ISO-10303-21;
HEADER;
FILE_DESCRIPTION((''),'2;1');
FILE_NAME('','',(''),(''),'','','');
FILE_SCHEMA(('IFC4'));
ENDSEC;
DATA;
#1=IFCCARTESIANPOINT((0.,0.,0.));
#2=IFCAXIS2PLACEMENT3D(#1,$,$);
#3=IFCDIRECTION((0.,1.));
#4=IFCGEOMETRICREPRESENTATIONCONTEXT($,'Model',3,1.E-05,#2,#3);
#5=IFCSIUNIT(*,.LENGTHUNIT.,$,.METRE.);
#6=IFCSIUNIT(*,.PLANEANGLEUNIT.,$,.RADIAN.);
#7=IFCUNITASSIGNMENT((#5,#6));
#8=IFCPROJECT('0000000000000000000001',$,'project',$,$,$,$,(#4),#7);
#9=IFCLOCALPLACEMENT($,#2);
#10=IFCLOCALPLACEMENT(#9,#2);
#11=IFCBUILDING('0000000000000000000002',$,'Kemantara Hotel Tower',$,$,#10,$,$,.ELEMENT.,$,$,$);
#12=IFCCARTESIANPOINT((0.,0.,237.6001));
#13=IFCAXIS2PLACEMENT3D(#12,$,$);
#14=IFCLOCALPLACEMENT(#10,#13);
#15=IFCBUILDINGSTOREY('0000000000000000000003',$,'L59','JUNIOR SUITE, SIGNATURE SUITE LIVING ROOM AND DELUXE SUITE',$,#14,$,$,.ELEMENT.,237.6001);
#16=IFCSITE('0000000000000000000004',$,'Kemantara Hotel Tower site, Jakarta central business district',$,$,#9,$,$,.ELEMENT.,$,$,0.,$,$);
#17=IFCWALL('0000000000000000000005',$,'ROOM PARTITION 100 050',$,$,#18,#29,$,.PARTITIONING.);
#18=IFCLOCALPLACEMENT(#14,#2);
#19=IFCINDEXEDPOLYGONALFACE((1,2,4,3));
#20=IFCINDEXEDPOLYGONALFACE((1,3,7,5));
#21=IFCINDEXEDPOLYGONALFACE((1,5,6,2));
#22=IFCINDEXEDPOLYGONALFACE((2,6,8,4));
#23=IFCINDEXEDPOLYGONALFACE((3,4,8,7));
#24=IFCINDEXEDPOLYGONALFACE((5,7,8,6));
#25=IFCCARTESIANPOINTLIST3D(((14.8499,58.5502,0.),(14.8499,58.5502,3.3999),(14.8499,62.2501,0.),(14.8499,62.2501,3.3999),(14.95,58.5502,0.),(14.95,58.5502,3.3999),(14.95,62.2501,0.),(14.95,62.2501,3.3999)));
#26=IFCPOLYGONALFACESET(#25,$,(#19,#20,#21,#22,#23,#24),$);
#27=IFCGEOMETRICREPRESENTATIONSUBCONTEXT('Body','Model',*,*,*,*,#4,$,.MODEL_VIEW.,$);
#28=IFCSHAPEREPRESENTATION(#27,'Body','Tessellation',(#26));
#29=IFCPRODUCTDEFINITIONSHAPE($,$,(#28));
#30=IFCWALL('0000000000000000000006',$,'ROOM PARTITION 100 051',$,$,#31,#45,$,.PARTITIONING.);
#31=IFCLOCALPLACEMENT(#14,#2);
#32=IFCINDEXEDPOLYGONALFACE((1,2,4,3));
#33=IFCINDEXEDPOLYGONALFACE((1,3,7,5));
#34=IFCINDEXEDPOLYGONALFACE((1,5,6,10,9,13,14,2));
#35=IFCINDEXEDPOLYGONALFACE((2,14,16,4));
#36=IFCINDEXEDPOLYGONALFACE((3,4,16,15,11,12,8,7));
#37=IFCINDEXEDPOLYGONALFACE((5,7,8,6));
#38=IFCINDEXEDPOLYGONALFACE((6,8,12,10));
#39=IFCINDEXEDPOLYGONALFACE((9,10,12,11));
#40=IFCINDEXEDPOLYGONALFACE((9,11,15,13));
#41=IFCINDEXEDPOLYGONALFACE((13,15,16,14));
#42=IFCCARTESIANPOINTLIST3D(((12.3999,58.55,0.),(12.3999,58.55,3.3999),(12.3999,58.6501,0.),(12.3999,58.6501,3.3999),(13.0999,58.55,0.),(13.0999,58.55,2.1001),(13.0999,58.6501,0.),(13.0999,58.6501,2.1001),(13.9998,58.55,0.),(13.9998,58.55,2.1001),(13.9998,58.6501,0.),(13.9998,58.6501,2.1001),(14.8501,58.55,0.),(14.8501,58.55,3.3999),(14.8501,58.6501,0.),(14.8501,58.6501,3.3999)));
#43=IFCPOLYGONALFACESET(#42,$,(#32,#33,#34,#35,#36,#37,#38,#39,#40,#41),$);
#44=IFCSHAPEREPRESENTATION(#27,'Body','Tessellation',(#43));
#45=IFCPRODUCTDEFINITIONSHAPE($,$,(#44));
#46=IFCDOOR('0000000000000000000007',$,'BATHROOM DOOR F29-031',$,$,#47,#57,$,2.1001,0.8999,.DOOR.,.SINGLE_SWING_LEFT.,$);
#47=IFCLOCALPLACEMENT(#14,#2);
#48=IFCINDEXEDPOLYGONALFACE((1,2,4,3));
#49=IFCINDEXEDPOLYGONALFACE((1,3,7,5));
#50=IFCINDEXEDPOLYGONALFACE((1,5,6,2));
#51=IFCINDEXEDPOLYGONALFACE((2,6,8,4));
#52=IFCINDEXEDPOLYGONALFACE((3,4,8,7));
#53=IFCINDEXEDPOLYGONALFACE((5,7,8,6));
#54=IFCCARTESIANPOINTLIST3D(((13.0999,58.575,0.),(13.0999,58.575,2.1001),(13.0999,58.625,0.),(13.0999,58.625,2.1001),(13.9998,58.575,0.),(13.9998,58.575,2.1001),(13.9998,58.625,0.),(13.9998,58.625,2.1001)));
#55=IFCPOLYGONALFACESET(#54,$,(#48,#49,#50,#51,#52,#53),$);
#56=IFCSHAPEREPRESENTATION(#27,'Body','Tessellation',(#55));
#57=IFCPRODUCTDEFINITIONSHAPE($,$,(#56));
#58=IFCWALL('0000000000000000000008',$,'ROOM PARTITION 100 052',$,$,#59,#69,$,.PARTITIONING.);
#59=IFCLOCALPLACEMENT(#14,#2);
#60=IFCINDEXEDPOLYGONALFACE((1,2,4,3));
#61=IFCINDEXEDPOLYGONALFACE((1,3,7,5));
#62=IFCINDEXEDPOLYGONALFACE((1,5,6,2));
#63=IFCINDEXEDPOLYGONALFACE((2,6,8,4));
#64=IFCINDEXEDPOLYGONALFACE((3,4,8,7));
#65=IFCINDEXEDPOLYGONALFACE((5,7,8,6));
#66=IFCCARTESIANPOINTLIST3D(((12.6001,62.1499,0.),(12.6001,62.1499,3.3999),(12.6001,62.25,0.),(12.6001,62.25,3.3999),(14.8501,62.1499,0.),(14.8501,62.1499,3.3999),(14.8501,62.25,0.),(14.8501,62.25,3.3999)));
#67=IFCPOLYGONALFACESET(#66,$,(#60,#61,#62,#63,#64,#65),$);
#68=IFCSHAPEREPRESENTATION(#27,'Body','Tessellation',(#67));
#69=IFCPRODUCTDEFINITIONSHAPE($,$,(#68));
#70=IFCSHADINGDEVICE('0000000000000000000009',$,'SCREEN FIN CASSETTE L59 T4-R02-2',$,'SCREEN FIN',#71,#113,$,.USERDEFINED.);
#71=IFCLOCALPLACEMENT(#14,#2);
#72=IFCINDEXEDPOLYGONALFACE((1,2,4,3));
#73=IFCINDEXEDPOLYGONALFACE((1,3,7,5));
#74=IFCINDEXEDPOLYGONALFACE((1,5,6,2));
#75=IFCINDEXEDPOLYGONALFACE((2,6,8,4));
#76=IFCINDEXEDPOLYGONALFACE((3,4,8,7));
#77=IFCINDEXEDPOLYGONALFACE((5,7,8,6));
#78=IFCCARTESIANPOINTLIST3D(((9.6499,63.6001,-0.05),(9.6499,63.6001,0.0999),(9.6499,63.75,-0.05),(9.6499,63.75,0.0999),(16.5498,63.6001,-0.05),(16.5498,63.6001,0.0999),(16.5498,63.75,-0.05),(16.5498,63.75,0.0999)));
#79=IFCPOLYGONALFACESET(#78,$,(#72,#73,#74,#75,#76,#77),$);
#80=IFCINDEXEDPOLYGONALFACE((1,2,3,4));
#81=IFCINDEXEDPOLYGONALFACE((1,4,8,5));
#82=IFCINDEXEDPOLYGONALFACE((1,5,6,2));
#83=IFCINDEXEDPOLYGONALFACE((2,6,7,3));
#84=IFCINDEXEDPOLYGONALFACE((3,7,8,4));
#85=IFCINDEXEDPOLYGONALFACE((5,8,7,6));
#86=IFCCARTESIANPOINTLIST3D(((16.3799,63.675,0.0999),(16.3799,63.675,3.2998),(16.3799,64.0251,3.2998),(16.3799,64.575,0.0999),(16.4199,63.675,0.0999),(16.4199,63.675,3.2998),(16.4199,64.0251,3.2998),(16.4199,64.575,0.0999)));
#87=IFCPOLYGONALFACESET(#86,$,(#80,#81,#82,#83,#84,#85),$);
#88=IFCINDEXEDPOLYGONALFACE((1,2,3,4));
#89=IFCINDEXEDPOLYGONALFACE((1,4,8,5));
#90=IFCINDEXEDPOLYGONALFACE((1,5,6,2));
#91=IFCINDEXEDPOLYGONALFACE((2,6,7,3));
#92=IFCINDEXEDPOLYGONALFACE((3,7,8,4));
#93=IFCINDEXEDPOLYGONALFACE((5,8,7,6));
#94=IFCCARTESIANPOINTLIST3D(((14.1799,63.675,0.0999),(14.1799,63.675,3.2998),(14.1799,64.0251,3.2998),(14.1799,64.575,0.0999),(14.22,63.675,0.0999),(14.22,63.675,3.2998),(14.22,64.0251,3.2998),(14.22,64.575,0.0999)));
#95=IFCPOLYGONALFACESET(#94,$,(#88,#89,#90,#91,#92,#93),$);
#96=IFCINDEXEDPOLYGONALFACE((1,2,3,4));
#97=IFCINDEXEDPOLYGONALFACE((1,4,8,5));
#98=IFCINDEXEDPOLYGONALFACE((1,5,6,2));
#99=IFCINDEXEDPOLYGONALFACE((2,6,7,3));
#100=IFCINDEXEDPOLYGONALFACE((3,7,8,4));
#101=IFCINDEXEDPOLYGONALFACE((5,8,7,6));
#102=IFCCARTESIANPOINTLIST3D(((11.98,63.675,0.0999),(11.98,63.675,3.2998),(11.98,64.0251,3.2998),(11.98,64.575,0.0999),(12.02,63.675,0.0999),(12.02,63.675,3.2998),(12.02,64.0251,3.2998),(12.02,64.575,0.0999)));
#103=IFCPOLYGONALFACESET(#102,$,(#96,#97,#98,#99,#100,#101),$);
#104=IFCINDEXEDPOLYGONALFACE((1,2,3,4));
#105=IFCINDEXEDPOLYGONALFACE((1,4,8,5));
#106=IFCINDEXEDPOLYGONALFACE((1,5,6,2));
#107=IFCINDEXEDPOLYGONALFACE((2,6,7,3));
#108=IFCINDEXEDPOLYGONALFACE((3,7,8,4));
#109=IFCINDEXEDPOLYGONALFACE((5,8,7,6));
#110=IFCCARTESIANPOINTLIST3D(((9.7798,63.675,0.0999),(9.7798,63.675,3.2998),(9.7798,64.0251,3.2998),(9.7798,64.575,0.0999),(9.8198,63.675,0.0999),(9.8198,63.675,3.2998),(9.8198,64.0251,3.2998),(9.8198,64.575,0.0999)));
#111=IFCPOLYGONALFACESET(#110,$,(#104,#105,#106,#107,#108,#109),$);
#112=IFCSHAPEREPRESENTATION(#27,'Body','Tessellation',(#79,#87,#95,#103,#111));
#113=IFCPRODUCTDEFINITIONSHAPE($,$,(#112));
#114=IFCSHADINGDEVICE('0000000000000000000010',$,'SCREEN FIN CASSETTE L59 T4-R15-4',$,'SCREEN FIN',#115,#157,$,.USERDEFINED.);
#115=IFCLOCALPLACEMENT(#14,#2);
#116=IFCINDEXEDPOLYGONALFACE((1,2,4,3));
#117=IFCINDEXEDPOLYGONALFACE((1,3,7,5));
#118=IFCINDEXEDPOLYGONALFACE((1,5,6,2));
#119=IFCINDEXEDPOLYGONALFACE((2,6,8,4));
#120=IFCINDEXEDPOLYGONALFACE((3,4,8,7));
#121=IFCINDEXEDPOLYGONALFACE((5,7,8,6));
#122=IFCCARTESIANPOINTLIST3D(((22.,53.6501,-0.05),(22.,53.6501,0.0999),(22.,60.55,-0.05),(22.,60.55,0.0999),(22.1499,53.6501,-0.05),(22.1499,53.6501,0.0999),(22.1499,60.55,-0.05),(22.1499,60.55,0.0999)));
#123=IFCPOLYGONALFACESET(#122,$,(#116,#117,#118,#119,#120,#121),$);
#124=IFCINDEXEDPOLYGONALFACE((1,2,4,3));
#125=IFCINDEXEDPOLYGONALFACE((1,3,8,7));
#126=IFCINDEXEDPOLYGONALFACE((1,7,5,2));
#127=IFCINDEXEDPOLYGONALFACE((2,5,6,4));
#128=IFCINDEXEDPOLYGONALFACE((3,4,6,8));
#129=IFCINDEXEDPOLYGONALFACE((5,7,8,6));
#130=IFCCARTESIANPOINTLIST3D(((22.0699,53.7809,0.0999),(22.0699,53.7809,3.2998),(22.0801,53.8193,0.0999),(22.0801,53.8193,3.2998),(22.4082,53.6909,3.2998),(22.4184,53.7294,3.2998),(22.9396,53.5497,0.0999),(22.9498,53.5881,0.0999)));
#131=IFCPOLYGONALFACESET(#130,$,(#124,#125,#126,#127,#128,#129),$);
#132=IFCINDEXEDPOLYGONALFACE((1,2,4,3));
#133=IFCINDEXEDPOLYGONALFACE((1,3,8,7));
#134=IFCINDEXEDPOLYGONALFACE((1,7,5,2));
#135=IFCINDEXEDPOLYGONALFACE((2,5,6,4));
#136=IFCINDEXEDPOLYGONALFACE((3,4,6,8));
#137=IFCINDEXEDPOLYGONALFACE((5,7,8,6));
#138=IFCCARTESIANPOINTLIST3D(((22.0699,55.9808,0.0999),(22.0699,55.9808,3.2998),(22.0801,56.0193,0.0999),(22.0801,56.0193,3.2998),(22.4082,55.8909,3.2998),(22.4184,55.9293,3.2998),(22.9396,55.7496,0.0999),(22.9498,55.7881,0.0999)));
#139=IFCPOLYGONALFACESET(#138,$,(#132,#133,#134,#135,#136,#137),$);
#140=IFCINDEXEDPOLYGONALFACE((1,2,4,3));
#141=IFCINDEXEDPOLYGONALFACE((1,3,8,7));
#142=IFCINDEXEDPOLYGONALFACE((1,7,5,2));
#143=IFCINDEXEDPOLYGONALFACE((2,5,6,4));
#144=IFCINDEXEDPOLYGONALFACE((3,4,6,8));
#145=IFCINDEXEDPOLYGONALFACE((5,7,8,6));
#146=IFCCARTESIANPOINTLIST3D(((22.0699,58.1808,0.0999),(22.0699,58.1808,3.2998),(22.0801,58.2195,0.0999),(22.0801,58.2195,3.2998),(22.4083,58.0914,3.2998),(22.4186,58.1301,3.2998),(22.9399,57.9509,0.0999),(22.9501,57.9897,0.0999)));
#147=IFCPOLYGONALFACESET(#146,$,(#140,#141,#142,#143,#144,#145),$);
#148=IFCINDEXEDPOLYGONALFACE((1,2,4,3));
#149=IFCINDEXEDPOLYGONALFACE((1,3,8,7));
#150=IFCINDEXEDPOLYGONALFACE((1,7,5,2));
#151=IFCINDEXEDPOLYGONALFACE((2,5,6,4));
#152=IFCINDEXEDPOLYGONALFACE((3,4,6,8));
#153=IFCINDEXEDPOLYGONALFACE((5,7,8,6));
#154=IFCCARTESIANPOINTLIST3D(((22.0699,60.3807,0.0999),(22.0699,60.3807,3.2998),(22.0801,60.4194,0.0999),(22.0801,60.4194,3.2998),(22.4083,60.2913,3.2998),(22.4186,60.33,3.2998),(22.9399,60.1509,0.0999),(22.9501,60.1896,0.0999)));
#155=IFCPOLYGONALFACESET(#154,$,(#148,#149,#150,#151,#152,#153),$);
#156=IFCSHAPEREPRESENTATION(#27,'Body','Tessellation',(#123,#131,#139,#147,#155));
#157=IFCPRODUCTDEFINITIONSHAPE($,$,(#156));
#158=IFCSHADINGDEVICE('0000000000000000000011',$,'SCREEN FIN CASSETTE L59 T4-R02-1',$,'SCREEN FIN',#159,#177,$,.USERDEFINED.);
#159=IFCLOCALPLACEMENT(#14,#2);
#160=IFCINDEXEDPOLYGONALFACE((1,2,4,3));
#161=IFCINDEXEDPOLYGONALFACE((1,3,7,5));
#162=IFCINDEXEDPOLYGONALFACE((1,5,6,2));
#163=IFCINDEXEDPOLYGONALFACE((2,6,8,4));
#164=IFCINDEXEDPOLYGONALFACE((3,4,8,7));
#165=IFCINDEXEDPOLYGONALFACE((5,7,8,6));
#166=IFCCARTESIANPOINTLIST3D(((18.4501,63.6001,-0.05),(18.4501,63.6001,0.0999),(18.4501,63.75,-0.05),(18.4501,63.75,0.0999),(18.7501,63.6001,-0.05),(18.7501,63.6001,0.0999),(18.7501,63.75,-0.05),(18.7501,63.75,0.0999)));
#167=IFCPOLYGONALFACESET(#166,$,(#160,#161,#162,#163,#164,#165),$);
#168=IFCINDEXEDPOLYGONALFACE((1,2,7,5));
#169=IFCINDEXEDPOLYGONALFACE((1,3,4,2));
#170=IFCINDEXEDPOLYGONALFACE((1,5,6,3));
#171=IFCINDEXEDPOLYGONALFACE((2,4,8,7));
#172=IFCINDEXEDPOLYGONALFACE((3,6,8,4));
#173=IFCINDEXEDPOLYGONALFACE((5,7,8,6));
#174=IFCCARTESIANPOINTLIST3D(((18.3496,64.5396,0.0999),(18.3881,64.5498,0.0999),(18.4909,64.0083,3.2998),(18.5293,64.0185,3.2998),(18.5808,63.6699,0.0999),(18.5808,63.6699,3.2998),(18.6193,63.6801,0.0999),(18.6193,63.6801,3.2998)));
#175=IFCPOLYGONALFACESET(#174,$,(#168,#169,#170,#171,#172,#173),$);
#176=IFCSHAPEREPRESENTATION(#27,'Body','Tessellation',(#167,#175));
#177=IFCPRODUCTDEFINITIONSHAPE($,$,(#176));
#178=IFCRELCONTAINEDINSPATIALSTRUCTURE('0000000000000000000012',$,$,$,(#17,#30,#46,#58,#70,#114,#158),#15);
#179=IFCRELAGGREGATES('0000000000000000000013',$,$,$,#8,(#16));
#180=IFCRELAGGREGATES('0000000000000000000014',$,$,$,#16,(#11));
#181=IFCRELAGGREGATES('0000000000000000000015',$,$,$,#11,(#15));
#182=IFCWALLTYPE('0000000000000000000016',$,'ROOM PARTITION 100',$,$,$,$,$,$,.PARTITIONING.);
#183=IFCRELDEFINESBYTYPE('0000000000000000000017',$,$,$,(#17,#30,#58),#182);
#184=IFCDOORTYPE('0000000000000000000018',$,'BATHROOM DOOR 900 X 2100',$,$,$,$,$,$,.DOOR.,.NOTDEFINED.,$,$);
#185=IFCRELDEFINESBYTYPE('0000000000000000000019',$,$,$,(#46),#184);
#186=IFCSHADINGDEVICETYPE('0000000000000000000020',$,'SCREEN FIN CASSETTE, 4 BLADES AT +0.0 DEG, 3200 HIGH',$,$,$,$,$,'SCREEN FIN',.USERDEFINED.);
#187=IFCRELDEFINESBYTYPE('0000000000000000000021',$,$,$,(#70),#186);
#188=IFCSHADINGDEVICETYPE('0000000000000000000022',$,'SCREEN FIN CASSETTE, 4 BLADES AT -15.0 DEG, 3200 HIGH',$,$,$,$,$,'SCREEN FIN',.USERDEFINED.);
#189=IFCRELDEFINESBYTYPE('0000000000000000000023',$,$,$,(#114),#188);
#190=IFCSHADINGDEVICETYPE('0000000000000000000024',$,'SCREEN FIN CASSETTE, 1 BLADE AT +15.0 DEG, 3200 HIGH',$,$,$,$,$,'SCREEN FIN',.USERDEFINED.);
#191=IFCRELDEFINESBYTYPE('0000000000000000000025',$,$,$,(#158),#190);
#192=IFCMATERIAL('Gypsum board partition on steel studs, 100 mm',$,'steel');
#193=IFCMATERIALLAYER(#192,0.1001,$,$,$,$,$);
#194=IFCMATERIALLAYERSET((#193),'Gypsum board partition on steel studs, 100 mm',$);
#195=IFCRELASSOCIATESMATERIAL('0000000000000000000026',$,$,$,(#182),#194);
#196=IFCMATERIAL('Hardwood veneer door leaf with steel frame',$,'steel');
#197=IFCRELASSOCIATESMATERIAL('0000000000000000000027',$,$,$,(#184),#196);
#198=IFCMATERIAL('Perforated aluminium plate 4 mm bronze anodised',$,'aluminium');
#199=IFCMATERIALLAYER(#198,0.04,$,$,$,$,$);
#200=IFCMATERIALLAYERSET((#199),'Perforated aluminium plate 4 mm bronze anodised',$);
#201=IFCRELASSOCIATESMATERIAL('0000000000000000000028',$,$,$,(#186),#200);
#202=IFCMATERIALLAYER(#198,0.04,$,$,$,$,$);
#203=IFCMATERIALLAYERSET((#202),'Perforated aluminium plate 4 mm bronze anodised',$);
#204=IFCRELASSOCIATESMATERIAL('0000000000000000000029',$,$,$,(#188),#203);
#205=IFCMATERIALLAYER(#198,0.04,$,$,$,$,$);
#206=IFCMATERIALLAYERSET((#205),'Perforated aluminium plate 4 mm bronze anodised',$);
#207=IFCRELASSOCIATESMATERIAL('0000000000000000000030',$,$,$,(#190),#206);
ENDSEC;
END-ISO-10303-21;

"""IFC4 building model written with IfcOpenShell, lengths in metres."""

from ifc_helpers import new_model, si_unit, direction, frame, frame_2d, origin, origin_2d, place, context, subcontext, project, spatial, polyline, rectangle, outline, extrude, source, transform, mapped, material, layer, layer_set, type_object, element, fill, save


model = new_model("IFC4")

# Units and contexts
model_context = context("Model", 3, precision=1e-05, world=origin(), true_north=direction((0.0, 1.0)))
body_context = subcontext(model_context, "Body", "Model", "MODEL_VIEW")
ifc_project = project(units=[si_unit("LENGTHUNIT", "METRE"), si_unit("PLANEANGLEUNIT", "RADIAN")], contexts=[model_context])

# Site, building, storey
site_placement = place(None, origin())
site = spatial("IfcSite", under=ifc_project, at=site_placement, Name="Kemantara Hotel Tower site, Jakarta central business district", CompositionType="ELEMENT", RefElevation=0.0)
building_placement = place(site_placement, origin())
building = spatial("IfcBuilding", under=site, at=building_placement, Name="Kemantara Hotel Tower", CompositionType="ELEMENT")
storey_placement = place(building_placement, frame((0.0, 0.0, 237.6001)))
storey = spatial("IfcBuildingStorey", under=building, at=storey_placement, Name="L59", Description="JUNIOR SUITE, SIGNATURE SUITE LIVING ROOM AND DELUXE SUITE", CompositionType="ELEMENT", Elevation=237.6001)

# Shared definitions
ifc_material_1 = material(Name="Gypsum board partition on steel studs, 100 mm", Category="steel")
ifc_layer_1 = layer(ifc_material_1, 0.1001)
ifc_layer_set_1 = layer_set([ifc_layer_1], Name="Gypsum board partition on steel studs, 100 mm")
wall_type_1 = type_object("IfcWallType", Name="ROOM PARTITION 100", PredefinedType="PARTITIONING", material=ifc_layer_set_1)

# Shared definitions
ifc_material_2 = material(Name="Hardwood veneer door leaf with steel frame", Category="steel")
door_type = type_object("IfcDoorType", Name="BATHROOM DOOR 900 X 2100", OperationType="NOTDEFINED", PredefinedType="DOOR", material=ifc_material_2)

# Wall
wall_1_placement = place(storey_placement, frame((14.8999, 58.55, 0.0), z_axis=(0.0, 0.0, 1.0), x_axis=(0.0, 1.0, 0.0)))
element("IfcWall", 1, at=wall_1_placement, inside=storey, type_object=wall_type_1, Name="ROOM PARTITION 100 050", PredefinedType="PARTITIONING", context=body_context, shape_type="SweptSolid", body=[
    extrude(rectangle(XDim=3.7, YDim=0.1001, at=frame_2d((1.8501, 0.0))), origin(), (0.0, 0.0, 1.0), 3.3999),
])

# Wall, opening, door
wall_2_placement = place(storey_placement, frame((12.3999, 58.6001, 0.0), z_axis=(0.0, 0.0, 1.0), x_axis=(1.0, 0.0, 0.0)))
wall_2 = element("IfcWall", 2, at=wall_2_placement, inside=storey, type_object=wall_type_1, Name="ROOM PARTITION 100 051", PredefinedType="PARTITIONING", context=body_context, shape_type="SweptSolid", body=[
    extrude(rectangle(XDim=2.4502, YDim=0.1001, at=frame_2d((1.2251, 0.0))), origin(), (0.0, 0.0, 1.0), 3.3999),
])
opening_1_placement = place(wall_2_placement, frame((0.7, 0.0, 0.0)))
opening_1 = element("IfcOpeningElement", 3, at=opening_1_placement, cuts=wall_2, PredefinedType="OPENING", context=body_context, shape_type="SweptSolid", body=[
    extrude(rectangle(XDim=0.8999, YDim=2.1001, at=frame_2d((0.45, 1.05))), frame((0.0, 0.0601, 0.0), z_axis=(0.0, -1.0, 0.0), x_axis=(1.0, 0.0, 0.0)), (0.0, 0.0, 1.0), 0.1201),
])
door_1_placement = place(opening_1_placement, origin())
door_1 = element("IfcDoor", 4, at=door_1_placement, inside=storey, type_object=door_type, Name="BATHROOM DOOR F29-031", OperationType="SINGLE_SWING_LEFT", OverallHeight=2.1001, OverallWidth=0.8999, PredefinedType="DOOR", context=body_context, shape_type="SweptSolid", body=[
    extrude(rectangle(XDim=0.8999, YDim=2.1001, at=frame_2d((0.45, 1.05))), frame((0.0, 0.0249, 0.0), z_axis=(0.0, -1.0, 0.0), x_axis=(1.0, 0.0, 0.0)), (0.0, 0.0, 1.0), 0.05),
])
fill(opening_1, door_1)

# Wall
wall_3_placement = place(storey_placement, frame((12.6001, 62.2, 0.0), z_axis=(0.0, 0.0, 1.0), x_axis=(1.0, 0.0, 0.0)))
element("IfcWall", 5, at=wall_3_placement, inside=storey, type_object=wall_type_1, Name="ROOM PARTITION 100 052", PredefinedType="PARTITIONING", context=body_context, shape_type="SweptSolid", body=[
    extrude(rectangle(XDim=2.25, YDim=0.1001, at=frame_2d((1.125, 0.0))), origin(), (0.0, 0.0, 1.0), 3.3999),
])

# Shading devices
ifc_material_3 = material(Name="Perforated aluminium plate 4 mm bronze anodised", Category="aluminium")
ifc_layer_2 = layer(ifc_material_3, 0.04)
ifc_layer_set_2 = layer_set([ifc_layer_2], Name="Perforated aluminium plate 4 mm bronze anodised")
shading_device_type_1 = type_object("IfcShadingDeviceType", Name="SCREEN FIN CASSETTE, 4 BLADES AT +0.0 DEG, 3200 HIGH", ElementType="SCREEN FIN", PredefinedType="USERDEFINED", material=ifc_layer_set_2)
shared_shape_1 = source(origin(), body_context, "Body", "SweptSolid", [
    extrude(rectangle(XDim=6.8999, YDim=0.1499, at=origin_2d()), frame((3.3, -0.075, -0.1499), z_axis=(0.0, 0.0, 1.0), x_axis=(1.0, 0.0, 0.0)), (0.0, 0.0, 1.0), 0.1499),
    extrude(outline(polyline([(0.0, 0.0), (0.8999, 0.0), (0.3501, 3.2), (0.0, 3.2), (0.0, 0.0)])), frame((0.02, -0.075, 0.0), z_axis=(-1.0, 0.0, 0.0), x_axis=(0.0, -1.0, 0.0)), (0.0, 0.0, 1.0), 0.04),
    extrude(outline(polyline([(0.0, 0.0), (0.8999, 0.0), (0.3501, 3.2), (0.0, 3.2), (0.0, 0.0)])), frame((2.22, -0.075, 0.0), z_axis=(-1.0, 0.0, 0.0), x_axis=(0.0, -1.0, 0.0)), (0.0, 0.0, 1.0), 0.04),
    extrude(outline(polyline([(0.0, 0.0), (0.8999, 0.0), (0.3501, 3.2), (0.0, 3.2), (0.0, 0.0)])), frame((4.4199, -0.075, 0.0), z_axis=(-1.0, 0.0, 0.0), x_axis=(0.0, -1.0, 0.0)), (0.0, 0.0, 1.0), 0.04),
    extrude(outline(polyline([(0.0, 0.0), (0.8999, 0.0), (0.3501, 3.2), (0.0, 3.2), (0.0, 0.0)])), frame((6.6201, -0.075, 0.0), z_axis=(-1.0, 0.0, 0.0), x_axis=(0.0, -1.0, 0.0)), (0.0, 0.0, 1.0), 0.04),
])
shading_device_1_placement = place(storey_placement, frame((16.3999, 63.6001, 0.0999), z_axis=(0.0, 0.0, 1.0), x_axis=(-1.0, 0.0, 0.0)))
element("IfcShadingDevice", 6, at=shading_device_1_placement, inside=storey, type_object=shading_device_type_1, Name="SCREEN FIN CASSETTE L59 T4-R02-2", ObjectType="SCREEN FIN", PredefinedType="USERDEFINED", context=body_context, shape_type="MappedRepresentation", body=[
    mapped(shared_shape_1, transform((0.0, 0.0, 0.0))),
])
ifc_layer_3 = layer(ifc_material_3, 0.04)
ifc_layer_set_3 = layer_set([ifc_layer_3], Name="Perforated aluminium plate 4 mm bronze anodised")
shading_device_type_2 = type_object("IfcShadingDeviceType", Name="SCREEN FIN CASSETTE, 4 BLADES AT -15.0 DEG, 3200 HIGH", ElementType="SCREEN FIN", PredefinedType="USERDEFINED", material=ifc_layer_set_3)
shared_shape_2 = source(origin(), body_context, "Body", "SweptSolid", [
    extrude(rectangle(XDim=6.8999, YDim=0.1499, at=origin_2d()), frame((3.3, -0.075, -0.1499), z_axis=(0.0, 0.0, 1.0), x_axis=(1.0, 0.0, 0.0)), (0.0, 0.0, 1.0), 0.1499),
    extrude(outline(polyline([(0.0, 0.0), (0.8999, 0.0), (0.3501, 3.2), (0.0, 3.2), (0.0, 0.0)])), frame((0.0193, -0.0801, 0.0), z_axis=(-0.966438, 0.256901, 0.0), x_axis=(-0.256901, -0.966438, 0.0)), (0.0, 0.0, 1.0), 0.0398),
    extrude(outline(polyline([(0.0, 0.0), (0.8999, 0.0), (0.3501, 3.2), (0.0, 3.2), (0.0, 0.0)])), frame((2.2192, -0.0801, 0.0), z_axis=(-0.966438, 0.256901, 0.0), x_axis=(-0.256901, -0.966438, 0.0)), (0.0, 0.0, 1.0), 0.0398),
    extrude(outline(polyline([(0.0, 0.0), (0.8999, 0.0), (0.3501, 3.2), (0.0, 3.2), (0.0, 0.0)])), frame((4.4194, -0.0801, 0.0), z_axis=(-0.966838, 0.255391, 0.0), x_axis=(-0.255391, -0.966838, 0.0)), (0.0, 0.0, 1.0), 0.04),
    extrude(outline(polyline([(0.0, 0.0), (0.8999, 0.0), (0.3501, 3.2), (0.0, 3.2), (0.0, 0.0)])), frame((6.6194, -0.0801, 0.0), z_axis=(-0.966838, 0.255391, 0.0), x_axis=(-0.255391, -0.966838, 0.0)), (0.0, 0.0, 1.0), 0.04),
])
shading_device_2_placement = place(storey_placement, frame((22.0, 53.8, 0.0999), z_axis=(0.0, 0.0, 1.0), x_axis=(0.0, 1.0, 0.0)))
element("IfcShadingDevice", 7, at=shading_device_2_placement, inside=storey, type_object=shading_device_type_2, Name="SCREEN FIN CASSETTE L59 T4-R15-4", ObjectType="SCREEN FIN", PredefinedType="USERDEFINED", context=body_context, shape_type="MappedRepresentation", body=[
    mapped(shared_shape_2, transform((0.0, 0.0, 0.0))),
])
ifc_layer_4 = layer(ifc_material_3, 0.04)
ifc_layer_set_4 = layer_set([ifc_layer_4], Name="Perforated aluminium plate 4 mm bronze anodised")
shading_device_type_3 = type_object("IfcShadingDeviceType", Name="SCREEN FIN CASSETTE, 1 BLADE AT +15.0 DEG, 3200 HIGH", ElementType="SCREEN FIN", PredefinedType="USERDEFINED", material=ifc_layer_set_4)
shared_shape_3 = source(origin(), body_context, "Body", "SweptSolid", [
    extrude(rectangle(XDim=0.3, YDim=0.1499, at=origin_2d()), frame((0.0, -0.075, -0.1499), z_axis=(0.0, 0.0, 1.0), x_axis=(1.0, 0.0, 0.0)), (0.0, 0.0, 1.0), 0.1499),
    extrude(outline(polyline([(0.0, 0.0), (0.8999, 0.0), (0.3501, 3.2), (0.0, 3.2), (0.0, 0.0)])), frame((0.0193, -0.0698, 0.0), z_axis=(-0.966438, -0.256901, 0.0), x_axis=(0.256901, -0.966438, 0.0)), (0.0, 0.0, 1.0), 0.0398),
])
shading_device_3_placement = place(storey_placement, frame((18.6001, 63.6001, 0.0999), z_axis=(0.0, 0.0, 1.0), x_axis=(-1.0, 0.0, 0.0)))
element("IfcShadingDevice", 8, at=shading_device_3_placement, inside=storey, type_object=shading_device_type_3, Name="SCREEN FIN CASSETTE L59 T4-R02-1", ObjectType="SCREEN FIN", PredefinedType="USERDEFINED", context=body_context, shape_type="MappedRepresentation", body=[
    mapped(shared_shape_3, transform((0.0, 0.0, 0.0))),
])

save(model, "model.ifc")
